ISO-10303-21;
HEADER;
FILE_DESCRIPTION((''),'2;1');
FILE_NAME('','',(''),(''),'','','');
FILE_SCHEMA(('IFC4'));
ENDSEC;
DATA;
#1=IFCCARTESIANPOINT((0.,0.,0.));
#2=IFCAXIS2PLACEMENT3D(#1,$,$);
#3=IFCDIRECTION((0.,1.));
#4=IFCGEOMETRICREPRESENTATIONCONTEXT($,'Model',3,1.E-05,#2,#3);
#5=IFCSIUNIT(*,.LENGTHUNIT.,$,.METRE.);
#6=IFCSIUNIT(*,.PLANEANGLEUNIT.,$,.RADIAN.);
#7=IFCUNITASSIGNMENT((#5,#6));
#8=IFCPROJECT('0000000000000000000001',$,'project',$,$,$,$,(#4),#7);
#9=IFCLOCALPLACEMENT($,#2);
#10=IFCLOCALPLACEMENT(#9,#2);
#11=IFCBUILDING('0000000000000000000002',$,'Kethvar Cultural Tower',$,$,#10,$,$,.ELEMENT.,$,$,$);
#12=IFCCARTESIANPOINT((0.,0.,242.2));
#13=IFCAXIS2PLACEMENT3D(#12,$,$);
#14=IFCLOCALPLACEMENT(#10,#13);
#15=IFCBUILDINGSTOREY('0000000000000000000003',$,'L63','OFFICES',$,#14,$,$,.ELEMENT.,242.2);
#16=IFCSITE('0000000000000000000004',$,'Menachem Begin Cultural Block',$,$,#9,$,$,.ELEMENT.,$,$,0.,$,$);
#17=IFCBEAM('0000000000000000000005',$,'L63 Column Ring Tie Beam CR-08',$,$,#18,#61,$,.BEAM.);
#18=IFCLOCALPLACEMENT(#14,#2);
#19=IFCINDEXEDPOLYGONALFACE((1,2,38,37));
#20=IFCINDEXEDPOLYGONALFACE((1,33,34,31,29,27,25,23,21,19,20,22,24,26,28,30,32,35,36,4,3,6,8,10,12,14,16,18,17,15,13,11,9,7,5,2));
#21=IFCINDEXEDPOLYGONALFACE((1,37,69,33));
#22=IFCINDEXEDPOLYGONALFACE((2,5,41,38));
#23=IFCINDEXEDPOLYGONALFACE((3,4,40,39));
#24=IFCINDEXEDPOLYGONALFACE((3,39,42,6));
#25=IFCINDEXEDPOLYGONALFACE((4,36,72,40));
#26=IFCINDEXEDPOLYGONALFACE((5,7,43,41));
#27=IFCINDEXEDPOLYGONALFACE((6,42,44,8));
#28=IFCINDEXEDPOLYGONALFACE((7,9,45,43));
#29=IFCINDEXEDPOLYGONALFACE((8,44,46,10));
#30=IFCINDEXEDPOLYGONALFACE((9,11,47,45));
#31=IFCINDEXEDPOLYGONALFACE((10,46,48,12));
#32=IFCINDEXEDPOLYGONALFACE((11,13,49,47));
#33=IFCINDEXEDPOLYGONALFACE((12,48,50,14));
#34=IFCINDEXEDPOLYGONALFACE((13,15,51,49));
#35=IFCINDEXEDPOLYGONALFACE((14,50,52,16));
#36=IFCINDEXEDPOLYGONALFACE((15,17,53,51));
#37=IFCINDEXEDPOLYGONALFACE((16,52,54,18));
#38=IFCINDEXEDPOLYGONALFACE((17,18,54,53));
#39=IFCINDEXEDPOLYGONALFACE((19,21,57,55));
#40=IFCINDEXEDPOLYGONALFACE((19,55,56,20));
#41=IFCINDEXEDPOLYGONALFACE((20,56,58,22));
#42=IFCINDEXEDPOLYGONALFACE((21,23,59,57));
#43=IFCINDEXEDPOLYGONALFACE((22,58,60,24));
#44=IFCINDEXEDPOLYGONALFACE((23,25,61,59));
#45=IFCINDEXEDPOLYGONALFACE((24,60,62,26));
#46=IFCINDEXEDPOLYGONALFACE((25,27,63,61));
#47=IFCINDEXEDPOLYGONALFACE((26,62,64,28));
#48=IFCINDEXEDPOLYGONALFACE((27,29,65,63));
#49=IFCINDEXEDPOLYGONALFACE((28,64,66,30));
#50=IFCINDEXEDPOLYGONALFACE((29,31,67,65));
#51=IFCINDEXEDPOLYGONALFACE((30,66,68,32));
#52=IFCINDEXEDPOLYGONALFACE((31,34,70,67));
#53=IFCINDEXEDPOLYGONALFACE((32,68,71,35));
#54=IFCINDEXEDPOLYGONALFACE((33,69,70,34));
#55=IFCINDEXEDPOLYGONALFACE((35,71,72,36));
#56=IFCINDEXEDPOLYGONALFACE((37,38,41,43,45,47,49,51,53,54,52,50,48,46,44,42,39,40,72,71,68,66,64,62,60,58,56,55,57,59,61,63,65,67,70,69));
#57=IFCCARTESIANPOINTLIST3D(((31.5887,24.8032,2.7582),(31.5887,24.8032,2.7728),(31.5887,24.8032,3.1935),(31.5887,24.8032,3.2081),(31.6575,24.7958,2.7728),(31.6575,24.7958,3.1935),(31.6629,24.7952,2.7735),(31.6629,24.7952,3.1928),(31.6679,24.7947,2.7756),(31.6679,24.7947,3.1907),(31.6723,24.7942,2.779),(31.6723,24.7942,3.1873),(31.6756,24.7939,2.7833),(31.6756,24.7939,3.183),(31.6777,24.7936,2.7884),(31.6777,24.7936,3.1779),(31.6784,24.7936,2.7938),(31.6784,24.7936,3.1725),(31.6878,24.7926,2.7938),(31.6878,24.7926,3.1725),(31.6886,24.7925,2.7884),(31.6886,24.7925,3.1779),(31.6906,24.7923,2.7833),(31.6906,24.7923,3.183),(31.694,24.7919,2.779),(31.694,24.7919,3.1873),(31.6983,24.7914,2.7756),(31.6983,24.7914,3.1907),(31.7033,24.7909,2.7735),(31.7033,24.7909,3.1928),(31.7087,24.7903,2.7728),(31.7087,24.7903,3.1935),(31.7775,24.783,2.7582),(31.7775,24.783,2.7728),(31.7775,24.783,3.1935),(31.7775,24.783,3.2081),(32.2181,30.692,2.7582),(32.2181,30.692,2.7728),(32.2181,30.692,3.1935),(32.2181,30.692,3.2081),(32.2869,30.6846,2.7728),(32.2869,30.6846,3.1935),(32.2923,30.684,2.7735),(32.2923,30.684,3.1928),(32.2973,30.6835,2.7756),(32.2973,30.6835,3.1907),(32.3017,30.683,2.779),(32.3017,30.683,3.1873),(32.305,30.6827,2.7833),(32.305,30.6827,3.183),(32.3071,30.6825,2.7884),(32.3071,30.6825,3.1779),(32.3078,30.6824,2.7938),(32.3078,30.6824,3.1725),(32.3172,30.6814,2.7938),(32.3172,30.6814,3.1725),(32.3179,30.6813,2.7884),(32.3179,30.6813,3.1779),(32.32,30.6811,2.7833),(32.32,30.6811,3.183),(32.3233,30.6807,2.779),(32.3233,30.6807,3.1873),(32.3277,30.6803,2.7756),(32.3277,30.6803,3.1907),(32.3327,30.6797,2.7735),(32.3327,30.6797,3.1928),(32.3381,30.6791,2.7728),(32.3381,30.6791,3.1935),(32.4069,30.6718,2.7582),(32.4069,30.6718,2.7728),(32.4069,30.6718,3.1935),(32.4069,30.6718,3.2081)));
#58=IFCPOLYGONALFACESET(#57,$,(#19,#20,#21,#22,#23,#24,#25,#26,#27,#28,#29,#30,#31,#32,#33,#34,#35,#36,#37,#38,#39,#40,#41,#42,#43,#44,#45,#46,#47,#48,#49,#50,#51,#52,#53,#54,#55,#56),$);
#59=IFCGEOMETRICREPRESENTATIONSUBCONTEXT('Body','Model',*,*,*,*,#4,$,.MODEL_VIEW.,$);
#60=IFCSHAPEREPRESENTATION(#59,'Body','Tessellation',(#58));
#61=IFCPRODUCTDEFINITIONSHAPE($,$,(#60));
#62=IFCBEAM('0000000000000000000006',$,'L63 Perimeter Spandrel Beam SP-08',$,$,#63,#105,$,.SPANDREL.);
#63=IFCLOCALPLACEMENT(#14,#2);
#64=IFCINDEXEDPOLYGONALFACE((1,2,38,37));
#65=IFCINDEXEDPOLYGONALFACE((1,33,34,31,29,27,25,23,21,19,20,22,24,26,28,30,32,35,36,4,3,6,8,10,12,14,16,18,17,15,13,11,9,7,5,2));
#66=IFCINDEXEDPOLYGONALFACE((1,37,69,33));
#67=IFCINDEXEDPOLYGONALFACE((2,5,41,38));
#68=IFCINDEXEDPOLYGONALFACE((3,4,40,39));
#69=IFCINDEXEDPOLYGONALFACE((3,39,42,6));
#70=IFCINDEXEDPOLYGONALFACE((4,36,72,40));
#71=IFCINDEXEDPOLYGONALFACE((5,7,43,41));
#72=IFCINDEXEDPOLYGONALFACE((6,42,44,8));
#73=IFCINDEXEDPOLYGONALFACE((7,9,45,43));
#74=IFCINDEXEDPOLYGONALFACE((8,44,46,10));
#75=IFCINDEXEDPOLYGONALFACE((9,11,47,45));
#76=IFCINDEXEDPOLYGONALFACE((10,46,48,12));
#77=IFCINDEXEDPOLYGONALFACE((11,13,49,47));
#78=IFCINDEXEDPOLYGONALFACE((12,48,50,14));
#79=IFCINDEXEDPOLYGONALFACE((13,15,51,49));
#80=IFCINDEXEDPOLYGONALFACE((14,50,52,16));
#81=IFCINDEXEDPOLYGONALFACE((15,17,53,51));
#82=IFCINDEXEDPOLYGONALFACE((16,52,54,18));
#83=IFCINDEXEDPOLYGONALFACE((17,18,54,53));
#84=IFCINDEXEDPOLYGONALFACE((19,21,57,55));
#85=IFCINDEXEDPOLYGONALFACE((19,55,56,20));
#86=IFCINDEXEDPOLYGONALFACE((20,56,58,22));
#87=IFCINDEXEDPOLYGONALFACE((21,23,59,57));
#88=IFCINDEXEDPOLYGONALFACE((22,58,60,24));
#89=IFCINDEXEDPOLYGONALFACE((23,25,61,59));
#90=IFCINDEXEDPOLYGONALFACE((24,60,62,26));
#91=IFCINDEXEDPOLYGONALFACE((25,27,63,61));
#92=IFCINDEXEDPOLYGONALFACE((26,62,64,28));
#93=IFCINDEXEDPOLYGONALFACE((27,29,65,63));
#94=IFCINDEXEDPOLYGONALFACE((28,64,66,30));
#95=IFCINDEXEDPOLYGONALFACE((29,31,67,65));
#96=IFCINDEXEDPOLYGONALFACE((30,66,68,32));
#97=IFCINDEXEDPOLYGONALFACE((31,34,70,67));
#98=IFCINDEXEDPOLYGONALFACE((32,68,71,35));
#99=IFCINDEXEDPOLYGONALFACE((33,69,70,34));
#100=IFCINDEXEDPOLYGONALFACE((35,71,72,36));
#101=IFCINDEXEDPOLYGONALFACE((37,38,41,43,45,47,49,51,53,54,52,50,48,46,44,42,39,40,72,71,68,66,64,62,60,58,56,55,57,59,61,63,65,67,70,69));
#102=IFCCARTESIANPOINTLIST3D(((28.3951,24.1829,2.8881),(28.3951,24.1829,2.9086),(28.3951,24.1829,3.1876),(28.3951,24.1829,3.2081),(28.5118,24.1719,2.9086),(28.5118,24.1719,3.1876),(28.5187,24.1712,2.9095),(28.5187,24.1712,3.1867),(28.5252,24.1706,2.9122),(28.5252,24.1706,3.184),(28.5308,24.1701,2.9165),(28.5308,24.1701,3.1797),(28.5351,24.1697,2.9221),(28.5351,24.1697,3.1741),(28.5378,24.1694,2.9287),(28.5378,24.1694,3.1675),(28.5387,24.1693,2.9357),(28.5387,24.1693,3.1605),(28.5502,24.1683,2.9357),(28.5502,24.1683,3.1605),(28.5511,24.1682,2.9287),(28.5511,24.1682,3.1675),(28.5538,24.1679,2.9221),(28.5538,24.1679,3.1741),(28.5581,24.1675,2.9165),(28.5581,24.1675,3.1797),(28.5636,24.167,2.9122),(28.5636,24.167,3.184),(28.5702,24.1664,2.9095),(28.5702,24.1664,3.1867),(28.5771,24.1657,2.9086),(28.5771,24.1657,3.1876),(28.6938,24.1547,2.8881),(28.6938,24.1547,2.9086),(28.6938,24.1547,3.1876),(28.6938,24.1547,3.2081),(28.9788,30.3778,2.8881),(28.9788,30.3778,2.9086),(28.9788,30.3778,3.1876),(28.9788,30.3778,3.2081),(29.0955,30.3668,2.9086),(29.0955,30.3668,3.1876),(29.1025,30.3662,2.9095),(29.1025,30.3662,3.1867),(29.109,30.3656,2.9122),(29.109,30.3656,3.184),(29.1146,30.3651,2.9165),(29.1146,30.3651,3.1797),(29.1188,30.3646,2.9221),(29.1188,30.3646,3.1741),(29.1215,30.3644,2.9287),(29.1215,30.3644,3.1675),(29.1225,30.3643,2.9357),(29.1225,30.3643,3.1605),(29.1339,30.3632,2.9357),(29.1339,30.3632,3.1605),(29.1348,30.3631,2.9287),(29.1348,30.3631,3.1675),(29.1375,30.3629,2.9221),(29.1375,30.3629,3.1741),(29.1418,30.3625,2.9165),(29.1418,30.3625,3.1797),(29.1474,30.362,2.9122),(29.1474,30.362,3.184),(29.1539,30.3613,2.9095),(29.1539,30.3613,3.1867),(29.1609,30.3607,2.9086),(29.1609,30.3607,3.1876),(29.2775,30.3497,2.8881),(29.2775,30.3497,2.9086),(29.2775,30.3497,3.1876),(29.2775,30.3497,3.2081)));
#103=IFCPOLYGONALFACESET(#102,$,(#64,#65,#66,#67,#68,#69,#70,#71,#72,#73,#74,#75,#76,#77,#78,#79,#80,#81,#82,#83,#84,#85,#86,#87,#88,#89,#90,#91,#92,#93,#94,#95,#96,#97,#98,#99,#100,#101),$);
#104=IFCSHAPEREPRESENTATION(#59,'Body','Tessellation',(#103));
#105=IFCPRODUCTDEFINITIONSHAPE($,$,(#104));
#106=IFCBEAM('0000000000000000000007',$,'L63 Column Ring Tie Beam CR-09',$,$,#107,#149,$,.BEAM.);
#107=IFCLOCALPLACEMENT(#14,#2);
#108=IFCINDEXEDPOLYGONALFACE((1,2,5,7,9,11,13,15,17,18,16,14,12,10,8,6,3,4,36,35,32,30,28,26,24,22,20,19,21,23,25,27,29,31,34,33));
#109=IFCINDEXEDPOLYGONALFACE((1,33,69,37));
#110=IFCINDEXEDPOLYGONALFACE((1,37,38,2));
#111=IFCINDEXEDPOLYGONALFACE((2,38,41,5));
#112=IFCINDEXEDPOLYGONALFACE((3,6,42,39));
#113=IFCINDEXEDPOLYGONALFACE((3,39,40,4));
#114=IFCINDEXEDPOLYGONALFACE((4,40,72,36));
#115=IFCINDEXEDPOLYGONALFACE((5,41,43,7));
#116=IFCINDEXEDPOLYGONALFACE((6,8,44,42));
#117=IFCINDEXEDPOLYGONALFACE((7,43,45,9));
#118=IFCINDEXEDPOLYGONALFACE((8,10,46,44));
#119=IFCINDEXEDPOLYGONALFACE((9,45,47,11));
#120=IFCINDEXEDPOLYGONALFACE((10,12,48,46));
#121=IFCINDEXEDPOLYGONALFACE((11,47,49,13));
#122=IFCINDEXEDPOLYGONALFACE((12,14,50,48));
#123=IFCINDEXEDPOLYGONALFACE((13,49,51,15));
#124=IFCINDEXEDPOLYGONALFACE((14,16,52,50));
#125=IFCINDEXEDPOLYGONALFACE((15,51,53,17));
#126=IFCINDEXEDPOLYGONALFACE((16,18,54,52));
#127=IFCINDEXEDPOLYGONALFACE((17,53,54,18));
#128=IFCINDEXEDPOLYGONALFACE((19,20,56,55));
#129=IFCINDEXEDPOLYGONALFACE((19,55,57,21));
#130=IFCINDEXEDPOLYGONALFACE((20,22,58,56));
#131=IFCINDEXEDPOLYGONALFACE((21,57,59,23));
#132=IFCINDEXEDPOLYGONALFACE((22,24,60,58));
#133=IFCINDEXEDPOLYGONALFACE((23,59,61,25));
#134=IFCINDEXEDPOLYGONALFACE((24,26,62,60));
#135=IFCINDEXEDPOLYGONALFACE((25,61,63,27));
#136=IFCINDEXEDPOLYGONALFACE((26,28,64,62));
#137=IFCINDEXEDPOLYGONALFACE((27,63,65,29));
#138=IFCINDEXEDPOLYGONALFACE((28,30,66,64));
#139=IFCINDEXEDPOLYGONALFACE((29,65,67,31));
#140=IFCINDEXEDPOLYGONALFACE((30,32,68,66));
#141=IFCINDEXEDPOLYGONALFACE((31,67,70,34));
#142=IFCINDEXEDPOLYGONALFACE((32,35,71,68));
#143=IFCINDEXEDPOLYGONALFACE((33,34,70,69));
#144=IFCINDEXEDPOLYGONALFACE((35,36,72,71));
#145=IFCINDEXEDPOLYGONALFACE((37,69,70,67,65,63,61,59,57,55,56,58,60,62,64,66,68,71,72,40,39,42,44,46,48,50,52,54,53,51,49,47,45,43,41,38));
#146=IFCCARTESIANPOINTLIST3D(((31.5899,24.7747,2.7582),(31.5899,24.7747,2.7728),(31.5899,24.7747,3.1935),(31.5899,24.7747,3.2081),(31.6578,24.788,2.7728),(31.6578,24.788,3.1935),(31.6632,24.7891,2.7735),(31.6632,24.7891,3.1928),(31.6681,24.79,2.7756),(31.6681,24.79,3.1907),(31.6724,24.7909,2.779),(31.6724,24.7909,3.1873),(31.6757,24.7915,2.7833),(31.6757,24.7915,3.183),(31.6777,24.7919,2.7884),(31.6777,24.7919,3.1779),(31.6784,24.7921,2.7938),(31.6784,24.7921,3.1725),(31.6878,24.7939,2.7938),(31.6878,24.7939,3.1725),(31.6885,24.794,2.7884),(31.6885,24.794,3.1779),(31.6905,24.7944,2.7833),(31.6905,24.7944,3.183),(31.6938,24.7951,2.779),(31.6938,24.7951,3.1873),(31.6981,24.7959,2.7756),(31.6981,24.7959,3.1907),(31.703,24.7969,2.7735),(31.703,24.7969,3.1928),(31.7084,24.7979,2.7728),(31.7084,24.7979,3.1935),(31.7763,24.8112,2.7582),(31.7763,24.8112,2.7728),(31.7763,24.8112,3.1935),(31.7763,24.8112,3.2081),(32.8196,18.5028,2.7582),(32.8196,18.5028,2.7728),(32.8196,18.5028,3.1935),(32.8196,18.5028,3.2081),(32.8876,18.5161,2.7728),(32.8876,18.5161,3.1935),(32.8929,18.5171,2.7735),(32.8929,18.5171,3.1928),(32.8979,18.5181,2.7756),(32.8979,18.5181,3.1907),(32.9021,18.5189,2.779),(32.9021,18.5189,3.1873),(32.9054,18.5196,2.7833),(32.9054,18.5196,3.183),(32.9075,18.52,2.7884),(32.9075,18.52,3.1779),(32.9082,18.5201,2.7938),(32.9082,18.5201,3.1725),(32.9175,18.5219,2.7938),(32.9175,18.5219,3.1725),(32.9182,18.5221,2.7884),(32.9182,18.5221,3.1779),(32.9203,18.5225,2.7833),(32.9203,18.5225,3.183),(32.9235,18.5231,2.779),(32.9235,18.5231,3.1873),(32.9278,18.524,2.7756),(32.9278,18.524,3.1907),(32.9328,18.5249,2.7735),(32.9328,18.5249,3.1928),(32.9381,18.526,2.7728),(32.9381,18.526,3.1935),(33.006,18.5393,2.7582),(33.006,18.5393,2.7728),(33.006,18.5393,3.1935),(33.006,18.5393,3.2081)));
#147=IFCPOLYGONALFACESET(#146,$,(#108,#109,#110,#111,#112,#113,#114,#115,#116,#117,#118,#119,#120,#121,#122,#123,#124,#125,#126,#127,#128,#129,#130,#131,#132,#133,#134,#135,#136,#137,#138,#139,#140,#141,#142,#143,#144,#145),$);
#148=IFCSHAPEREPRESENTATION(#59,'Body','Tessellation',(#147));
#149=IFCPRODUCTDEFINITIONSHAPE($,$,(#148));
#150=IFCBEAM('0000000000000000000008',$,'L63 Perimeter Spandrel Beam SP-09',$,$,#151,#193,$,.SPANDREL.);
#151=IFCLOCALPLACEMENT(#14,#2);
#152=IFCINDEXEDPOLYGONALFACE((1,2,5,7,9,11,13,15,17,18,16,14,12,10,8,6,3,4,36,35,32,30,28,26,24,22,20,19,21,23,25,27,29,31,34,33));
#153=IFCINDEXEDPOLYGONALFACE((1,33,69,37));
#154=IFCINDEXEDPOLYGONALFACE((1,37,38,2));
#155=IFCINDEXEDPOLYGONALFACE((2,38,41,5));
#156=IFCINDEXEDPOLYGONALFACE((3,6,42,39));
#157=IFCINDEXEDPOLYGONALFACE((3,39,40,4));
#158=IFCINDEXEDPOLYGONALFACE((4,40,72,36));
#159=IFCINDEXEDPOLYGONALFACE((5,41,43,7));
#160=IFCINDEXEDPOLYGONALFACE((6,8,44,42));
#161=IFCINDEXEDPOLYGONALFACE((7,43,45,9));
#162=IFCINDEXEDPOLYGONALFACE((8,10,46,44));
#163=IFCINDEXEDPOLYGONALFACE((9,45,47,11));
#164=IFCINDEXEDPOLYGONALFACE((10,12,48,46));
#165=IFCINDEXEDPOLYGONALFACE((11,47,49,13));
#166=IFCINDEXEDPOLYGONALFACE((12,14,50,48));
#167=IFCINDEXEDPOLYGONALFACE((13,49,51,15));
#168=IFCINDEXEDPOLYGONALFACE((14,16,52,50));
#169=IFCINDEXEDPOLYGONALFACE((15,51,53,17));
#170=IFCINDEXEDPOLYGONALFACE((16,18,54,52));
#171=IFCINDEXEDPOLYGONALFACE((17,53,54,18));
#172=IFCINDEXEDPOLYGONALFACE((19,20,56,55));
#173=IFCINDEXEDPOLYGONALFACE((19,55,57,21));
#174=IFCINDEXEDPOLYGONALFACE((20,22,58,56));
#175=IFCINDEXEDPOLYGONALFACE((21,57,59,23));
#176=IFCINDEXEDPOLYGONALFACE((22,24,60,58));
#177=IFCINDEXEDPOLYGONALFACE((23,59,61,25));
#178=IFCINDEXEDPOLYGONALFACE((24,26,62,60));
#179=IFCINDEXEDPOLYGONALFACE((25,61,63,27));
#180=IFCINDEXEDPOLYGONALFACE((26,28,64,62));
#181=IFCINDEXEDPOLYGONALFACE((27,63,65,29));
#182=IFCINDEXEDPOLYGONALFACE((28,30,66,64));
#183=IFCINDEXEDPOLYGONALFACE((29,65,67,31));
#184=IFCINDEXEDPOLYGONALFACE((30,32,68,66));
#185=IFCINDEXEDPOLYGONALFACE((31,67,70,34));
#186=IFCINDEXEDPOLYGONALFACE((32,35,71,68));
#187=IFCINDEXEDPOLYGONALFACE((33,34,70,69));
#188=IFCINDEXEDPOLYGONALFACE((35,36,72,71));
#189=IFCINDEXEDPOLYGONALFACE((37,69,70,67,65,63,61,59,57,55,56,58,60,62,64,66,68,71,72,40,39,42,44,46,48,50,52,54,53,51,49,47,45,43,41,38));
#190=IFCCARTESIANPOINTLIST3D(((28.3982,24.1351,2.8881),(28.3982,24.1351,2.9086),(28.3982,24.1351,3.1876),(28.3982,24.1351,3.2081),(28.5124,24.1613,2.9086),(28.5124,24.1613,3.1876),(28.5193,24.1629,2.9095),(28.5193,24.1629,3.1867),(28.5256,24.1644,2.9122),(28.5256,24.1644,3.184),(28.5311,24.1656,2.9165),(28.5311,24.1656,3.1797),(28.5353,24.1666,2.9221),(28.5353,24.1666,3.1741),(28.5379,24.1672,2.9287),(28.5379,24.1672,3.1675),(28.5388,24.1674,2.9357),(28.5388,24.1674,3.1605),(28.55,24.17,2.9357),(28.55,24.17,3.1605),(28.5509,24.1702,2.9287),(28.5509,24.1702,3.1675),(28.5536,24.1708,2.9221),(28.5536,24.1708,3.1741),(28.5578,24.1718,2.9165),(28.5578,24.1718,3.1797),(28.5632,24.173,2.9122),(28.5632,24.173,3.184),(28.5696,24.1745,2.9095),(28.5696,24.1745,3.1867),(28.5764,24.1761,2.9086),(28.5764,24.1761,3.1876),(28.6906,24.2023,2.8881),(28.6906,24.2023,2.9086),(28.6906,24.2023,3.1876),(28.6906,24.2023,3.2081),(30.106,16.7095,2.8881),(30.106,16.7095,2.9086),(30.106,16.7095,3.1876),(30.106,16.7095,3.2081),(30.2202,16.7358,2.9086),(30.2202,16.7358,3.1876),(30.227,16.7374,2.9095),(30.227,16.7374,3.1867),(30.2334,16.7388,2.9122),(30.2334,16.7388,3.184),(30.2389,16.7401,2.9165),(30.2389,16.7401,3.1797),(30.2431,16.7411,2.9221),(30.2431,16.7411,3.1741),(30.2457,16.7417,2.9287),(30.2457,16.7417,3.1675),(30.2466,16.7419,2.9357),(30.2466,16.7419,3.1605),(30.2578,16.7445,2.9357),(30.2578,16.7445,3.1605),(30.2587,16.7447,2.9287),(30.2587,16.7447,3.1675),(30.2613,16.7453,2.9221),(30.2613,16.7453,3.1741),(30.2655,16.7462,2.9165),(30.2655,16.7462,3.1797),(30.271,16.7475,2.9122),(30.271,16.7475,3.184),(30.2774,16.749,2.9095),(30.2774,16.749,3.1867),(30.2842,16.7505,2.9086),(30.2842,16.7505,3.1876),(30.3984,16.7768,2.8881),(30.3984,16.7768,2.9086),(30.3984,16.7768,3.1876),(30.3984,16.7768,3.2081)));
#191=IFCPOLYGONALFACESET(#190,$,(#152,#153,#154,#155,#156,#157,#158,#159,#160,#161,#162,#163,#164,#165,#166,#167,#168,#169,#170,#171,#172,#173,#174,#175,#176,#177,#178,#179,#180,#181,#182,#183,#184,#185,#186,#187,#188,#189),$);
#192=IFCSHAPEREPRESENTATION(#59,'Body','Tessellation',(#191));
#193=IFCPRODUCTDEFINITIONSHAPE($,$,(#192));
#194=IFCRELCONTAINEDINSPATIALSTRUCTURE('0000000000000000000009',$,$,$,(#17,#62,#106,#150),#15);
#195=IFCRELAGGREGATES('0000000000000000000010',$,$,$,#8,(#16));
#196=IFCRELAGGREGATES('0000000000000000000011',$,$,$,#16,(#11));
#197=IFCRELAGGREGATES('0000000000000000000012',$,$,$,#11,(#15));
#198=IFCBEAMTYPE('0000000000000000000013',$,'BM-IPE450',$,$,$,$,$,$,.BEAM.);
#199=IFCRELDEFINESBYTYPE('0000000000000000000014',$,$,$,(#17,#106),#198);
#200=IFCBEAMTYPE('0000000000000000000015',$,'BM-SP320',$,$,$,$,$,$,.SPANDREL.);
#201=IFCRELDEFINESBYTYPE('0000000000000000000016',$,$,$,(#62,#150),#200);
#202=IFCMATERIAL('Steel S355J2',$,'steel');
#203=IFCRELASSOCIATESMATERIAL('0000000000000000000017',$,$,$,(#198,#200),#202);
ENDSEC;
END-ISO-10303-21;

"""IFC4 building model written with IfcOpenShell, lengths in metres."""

from ifc_helpers import new_model, si_unit, direction, frame, origin, origin_2d, place, context, subcontext, project, spatial, i_section, extrude, source, transform, mapped, material, material_profile, profile_set, type_object, element, save


model = new_model("IFC4")

# Units and contexts
model_context = context("Model", 3, precision=1e-05, world=origin(), true_north=direction((0.0, 1.0)))
body_context = subcontext(model_context, "Body", "Model", "MODEL_VIEW")
ifc_project = project(units=[si_unit("LENGTHUNIT", "METRE"), si_unit("PLANEANGLEUNIT", "RADIAN")], contexts=[model_context])

# Site, building, storey
site_placement = place(None, origin())
site = spatial("IfcSite", under=ifc_project, at=site_placement, Name="Menachem Begin Cultural Block", CompositionType="ELEMENT", RefElevation=0.0)
building_placement = place(site_placement, origin())
building = spatial("IfcBuilding", under=site, at=building_placement, Name="Kethvar Cultural Tower", CompositionType="ELEMENT")
storey_placement = place(building_placement, frame((0.0, 0.0, 242.2)))
storey = spatial("IfcBuildingStorey", under=building, at=storey_placement, Name="L63", Description="OFFICES", CompositionType="ELEMENT", Elevation=242.2)

# Beams
ifc_material_1 = material(Name="Steel S355J2", Category="steel")
ifc_material_profile_1 = material_profile(ifc_material_1, i_section(OverallWidth=0.1899, OverallDepth=0.45, WebThickness=0.0095, FlangeThickness=0.0146, FilletRadius=0.021, at=origin_2d()), Name="Steel S355J2 — IPE450")
ifc_profile_set_1 = profile_set([ifc_material_profile_1], Name="Steel S355J2 — IPE450")
beam_type_1 = type_object("IfcBeamType", Name="BM-IPE450", PredefinedType="BEAM", material=ifc_profile_set_1)
shared_shape_1 = source(origin(), body_context, "Body", "SweptSolid", [
    extrude(i_section(OverallWidth=0.1899, OverallDepth=0.45, WebThickness=0.0095, FlangeThickness=0.0146, FilletRadius=0.021, at=origin_2d()), origin(), (0.0, 0.0, 1.0), 5.9224),
])
beam_1_placement = place(storey_placement, frame((32.3125, 30.6819, 2.9832), z_axis=(-0.106273, -0.994337, 0.0), x_axis=(0.994337, -0.106273, 0.0)))
element("IfcBeam", 1, at=beam_1_placement, inside=storey, type_object=beam_type_1, Name="L63 Column Ring Tie Beam CR-08", PredefinedType="BEAM", context=body_context, shape_type="MappedRepresentation", body=[
    mapped(shared_shape_1, transform((0.0, 0.0, 0.0), scale=1.0)),
])
ifc_material_profile_2 = material_profile(ifc_material_1, i_section(OverallWidth=0.3, OverallDepth=0.3201, WebThickness=0.0115, FlangeThickness=0.0205, FilletRadius=0.0271, at=origin_2d()), Name="Steel S355J2 — HEB320")
ifc_profile_set_2 = profile_set([ifc_material_profile_2], Name="Steel S355J2 — HEB320")
beam_type_2 = type_object("IfcBeamType", Name="BM-SP320", PredefinedType="SPANDREL", material=ifc_profile_set_2)
shared_shape_2 = source(origin(), body_context, "Body", "SweptSolid", [
    extrude(i_section(OverallWidth=0.3, OverallDepth=0.3201, WebThickness=0.0115, FlangeThickness=0.0205, FilletRadius=0.0271, at=origin_2d()), origin(), (0.0, 0.0, 1.0), 6.2224),
])
beam_2_placement = place(storey_placement, frame((29.1282, 30.3638, 3.0481), z_axis=(-0.093811, -0.99559, 0.0), x_axis=(0.99559, -0.093811, 0.0)))
element("IfcBeam", 2, at=beam_2_placement, inside=storey, type_object=beam_type_2, Name="L63 Perimeter Spandrel Beam SP-08", PredefinedType="SPANDREL", context=body_context, shape_type="MappedRepresentation", body=[
    mapped(shared_shape_2, transform((0.0, 0.0, 0.0), scale=1.0)),
])
shared_shape_3 = source(origin(), body_context, "Body", "SweptSolid", [
    extrude(i_section(OverallWidth=0.1899, OverallDepth=0.45, WebThickness=0.0095, FlangeThickness=0.0146, FilletRadius=0.021, at=origin_2d()), origin(), (0.0, 0.0, 1.0), 6.3914),
])
beam_3_placement = place(storey_placement, frame((31.6831, 24.793, 2.9832), z_axis=(0.192405, -0.981316, 0.0), x_axis=(0.981316, 0.192405, 0.0)))
element("IfcBeam", 3, at=beam_3_placement, inside=storey, type_object=beam_type_1, Name="L63 Column Ring Tie Beam CR-09", PredefinedType="BEAM", context=body_context, shape_type="MappedRepresentation", body=[
    mapped(shared_shape_3, transform((0.0, 0.0, 0.0), scale=1.0)),
])
shared_shape_4 = source(origin(), body_context, "Body", "SweptSolid", [
    extrude(i_section(OverallWidth=0.3, OverallDepth=0.3201, WebThickness=0.0115, FlangeThickness=0.0205, FilletRadius=0.0271, at=origin_2d()), origin(), (0.0, 0.0, 1.0), 7.6194),
])
beam_4_placement = place(storey_placement, frame((28.5444, 24.1687, 3.0481), z_axis=(0.224134, -0.974558, 0.0), x_axis=(0.974558, 0.224134, 0.0)))
element("IfcBeam", 4, at=beam_4_placement, inside=storey, type_object=beam_type_2, Name="L63 Perimeter Spandrel Beam SP-09", PredefinedType="SPANDREL", context=body_context, shape_type="MappedRepresentation", body=[
    mapped(shared_shape_4, transform((0.0, 0.0, 0.0), scale=1.0)),
])

save(model, "model.ifc")
